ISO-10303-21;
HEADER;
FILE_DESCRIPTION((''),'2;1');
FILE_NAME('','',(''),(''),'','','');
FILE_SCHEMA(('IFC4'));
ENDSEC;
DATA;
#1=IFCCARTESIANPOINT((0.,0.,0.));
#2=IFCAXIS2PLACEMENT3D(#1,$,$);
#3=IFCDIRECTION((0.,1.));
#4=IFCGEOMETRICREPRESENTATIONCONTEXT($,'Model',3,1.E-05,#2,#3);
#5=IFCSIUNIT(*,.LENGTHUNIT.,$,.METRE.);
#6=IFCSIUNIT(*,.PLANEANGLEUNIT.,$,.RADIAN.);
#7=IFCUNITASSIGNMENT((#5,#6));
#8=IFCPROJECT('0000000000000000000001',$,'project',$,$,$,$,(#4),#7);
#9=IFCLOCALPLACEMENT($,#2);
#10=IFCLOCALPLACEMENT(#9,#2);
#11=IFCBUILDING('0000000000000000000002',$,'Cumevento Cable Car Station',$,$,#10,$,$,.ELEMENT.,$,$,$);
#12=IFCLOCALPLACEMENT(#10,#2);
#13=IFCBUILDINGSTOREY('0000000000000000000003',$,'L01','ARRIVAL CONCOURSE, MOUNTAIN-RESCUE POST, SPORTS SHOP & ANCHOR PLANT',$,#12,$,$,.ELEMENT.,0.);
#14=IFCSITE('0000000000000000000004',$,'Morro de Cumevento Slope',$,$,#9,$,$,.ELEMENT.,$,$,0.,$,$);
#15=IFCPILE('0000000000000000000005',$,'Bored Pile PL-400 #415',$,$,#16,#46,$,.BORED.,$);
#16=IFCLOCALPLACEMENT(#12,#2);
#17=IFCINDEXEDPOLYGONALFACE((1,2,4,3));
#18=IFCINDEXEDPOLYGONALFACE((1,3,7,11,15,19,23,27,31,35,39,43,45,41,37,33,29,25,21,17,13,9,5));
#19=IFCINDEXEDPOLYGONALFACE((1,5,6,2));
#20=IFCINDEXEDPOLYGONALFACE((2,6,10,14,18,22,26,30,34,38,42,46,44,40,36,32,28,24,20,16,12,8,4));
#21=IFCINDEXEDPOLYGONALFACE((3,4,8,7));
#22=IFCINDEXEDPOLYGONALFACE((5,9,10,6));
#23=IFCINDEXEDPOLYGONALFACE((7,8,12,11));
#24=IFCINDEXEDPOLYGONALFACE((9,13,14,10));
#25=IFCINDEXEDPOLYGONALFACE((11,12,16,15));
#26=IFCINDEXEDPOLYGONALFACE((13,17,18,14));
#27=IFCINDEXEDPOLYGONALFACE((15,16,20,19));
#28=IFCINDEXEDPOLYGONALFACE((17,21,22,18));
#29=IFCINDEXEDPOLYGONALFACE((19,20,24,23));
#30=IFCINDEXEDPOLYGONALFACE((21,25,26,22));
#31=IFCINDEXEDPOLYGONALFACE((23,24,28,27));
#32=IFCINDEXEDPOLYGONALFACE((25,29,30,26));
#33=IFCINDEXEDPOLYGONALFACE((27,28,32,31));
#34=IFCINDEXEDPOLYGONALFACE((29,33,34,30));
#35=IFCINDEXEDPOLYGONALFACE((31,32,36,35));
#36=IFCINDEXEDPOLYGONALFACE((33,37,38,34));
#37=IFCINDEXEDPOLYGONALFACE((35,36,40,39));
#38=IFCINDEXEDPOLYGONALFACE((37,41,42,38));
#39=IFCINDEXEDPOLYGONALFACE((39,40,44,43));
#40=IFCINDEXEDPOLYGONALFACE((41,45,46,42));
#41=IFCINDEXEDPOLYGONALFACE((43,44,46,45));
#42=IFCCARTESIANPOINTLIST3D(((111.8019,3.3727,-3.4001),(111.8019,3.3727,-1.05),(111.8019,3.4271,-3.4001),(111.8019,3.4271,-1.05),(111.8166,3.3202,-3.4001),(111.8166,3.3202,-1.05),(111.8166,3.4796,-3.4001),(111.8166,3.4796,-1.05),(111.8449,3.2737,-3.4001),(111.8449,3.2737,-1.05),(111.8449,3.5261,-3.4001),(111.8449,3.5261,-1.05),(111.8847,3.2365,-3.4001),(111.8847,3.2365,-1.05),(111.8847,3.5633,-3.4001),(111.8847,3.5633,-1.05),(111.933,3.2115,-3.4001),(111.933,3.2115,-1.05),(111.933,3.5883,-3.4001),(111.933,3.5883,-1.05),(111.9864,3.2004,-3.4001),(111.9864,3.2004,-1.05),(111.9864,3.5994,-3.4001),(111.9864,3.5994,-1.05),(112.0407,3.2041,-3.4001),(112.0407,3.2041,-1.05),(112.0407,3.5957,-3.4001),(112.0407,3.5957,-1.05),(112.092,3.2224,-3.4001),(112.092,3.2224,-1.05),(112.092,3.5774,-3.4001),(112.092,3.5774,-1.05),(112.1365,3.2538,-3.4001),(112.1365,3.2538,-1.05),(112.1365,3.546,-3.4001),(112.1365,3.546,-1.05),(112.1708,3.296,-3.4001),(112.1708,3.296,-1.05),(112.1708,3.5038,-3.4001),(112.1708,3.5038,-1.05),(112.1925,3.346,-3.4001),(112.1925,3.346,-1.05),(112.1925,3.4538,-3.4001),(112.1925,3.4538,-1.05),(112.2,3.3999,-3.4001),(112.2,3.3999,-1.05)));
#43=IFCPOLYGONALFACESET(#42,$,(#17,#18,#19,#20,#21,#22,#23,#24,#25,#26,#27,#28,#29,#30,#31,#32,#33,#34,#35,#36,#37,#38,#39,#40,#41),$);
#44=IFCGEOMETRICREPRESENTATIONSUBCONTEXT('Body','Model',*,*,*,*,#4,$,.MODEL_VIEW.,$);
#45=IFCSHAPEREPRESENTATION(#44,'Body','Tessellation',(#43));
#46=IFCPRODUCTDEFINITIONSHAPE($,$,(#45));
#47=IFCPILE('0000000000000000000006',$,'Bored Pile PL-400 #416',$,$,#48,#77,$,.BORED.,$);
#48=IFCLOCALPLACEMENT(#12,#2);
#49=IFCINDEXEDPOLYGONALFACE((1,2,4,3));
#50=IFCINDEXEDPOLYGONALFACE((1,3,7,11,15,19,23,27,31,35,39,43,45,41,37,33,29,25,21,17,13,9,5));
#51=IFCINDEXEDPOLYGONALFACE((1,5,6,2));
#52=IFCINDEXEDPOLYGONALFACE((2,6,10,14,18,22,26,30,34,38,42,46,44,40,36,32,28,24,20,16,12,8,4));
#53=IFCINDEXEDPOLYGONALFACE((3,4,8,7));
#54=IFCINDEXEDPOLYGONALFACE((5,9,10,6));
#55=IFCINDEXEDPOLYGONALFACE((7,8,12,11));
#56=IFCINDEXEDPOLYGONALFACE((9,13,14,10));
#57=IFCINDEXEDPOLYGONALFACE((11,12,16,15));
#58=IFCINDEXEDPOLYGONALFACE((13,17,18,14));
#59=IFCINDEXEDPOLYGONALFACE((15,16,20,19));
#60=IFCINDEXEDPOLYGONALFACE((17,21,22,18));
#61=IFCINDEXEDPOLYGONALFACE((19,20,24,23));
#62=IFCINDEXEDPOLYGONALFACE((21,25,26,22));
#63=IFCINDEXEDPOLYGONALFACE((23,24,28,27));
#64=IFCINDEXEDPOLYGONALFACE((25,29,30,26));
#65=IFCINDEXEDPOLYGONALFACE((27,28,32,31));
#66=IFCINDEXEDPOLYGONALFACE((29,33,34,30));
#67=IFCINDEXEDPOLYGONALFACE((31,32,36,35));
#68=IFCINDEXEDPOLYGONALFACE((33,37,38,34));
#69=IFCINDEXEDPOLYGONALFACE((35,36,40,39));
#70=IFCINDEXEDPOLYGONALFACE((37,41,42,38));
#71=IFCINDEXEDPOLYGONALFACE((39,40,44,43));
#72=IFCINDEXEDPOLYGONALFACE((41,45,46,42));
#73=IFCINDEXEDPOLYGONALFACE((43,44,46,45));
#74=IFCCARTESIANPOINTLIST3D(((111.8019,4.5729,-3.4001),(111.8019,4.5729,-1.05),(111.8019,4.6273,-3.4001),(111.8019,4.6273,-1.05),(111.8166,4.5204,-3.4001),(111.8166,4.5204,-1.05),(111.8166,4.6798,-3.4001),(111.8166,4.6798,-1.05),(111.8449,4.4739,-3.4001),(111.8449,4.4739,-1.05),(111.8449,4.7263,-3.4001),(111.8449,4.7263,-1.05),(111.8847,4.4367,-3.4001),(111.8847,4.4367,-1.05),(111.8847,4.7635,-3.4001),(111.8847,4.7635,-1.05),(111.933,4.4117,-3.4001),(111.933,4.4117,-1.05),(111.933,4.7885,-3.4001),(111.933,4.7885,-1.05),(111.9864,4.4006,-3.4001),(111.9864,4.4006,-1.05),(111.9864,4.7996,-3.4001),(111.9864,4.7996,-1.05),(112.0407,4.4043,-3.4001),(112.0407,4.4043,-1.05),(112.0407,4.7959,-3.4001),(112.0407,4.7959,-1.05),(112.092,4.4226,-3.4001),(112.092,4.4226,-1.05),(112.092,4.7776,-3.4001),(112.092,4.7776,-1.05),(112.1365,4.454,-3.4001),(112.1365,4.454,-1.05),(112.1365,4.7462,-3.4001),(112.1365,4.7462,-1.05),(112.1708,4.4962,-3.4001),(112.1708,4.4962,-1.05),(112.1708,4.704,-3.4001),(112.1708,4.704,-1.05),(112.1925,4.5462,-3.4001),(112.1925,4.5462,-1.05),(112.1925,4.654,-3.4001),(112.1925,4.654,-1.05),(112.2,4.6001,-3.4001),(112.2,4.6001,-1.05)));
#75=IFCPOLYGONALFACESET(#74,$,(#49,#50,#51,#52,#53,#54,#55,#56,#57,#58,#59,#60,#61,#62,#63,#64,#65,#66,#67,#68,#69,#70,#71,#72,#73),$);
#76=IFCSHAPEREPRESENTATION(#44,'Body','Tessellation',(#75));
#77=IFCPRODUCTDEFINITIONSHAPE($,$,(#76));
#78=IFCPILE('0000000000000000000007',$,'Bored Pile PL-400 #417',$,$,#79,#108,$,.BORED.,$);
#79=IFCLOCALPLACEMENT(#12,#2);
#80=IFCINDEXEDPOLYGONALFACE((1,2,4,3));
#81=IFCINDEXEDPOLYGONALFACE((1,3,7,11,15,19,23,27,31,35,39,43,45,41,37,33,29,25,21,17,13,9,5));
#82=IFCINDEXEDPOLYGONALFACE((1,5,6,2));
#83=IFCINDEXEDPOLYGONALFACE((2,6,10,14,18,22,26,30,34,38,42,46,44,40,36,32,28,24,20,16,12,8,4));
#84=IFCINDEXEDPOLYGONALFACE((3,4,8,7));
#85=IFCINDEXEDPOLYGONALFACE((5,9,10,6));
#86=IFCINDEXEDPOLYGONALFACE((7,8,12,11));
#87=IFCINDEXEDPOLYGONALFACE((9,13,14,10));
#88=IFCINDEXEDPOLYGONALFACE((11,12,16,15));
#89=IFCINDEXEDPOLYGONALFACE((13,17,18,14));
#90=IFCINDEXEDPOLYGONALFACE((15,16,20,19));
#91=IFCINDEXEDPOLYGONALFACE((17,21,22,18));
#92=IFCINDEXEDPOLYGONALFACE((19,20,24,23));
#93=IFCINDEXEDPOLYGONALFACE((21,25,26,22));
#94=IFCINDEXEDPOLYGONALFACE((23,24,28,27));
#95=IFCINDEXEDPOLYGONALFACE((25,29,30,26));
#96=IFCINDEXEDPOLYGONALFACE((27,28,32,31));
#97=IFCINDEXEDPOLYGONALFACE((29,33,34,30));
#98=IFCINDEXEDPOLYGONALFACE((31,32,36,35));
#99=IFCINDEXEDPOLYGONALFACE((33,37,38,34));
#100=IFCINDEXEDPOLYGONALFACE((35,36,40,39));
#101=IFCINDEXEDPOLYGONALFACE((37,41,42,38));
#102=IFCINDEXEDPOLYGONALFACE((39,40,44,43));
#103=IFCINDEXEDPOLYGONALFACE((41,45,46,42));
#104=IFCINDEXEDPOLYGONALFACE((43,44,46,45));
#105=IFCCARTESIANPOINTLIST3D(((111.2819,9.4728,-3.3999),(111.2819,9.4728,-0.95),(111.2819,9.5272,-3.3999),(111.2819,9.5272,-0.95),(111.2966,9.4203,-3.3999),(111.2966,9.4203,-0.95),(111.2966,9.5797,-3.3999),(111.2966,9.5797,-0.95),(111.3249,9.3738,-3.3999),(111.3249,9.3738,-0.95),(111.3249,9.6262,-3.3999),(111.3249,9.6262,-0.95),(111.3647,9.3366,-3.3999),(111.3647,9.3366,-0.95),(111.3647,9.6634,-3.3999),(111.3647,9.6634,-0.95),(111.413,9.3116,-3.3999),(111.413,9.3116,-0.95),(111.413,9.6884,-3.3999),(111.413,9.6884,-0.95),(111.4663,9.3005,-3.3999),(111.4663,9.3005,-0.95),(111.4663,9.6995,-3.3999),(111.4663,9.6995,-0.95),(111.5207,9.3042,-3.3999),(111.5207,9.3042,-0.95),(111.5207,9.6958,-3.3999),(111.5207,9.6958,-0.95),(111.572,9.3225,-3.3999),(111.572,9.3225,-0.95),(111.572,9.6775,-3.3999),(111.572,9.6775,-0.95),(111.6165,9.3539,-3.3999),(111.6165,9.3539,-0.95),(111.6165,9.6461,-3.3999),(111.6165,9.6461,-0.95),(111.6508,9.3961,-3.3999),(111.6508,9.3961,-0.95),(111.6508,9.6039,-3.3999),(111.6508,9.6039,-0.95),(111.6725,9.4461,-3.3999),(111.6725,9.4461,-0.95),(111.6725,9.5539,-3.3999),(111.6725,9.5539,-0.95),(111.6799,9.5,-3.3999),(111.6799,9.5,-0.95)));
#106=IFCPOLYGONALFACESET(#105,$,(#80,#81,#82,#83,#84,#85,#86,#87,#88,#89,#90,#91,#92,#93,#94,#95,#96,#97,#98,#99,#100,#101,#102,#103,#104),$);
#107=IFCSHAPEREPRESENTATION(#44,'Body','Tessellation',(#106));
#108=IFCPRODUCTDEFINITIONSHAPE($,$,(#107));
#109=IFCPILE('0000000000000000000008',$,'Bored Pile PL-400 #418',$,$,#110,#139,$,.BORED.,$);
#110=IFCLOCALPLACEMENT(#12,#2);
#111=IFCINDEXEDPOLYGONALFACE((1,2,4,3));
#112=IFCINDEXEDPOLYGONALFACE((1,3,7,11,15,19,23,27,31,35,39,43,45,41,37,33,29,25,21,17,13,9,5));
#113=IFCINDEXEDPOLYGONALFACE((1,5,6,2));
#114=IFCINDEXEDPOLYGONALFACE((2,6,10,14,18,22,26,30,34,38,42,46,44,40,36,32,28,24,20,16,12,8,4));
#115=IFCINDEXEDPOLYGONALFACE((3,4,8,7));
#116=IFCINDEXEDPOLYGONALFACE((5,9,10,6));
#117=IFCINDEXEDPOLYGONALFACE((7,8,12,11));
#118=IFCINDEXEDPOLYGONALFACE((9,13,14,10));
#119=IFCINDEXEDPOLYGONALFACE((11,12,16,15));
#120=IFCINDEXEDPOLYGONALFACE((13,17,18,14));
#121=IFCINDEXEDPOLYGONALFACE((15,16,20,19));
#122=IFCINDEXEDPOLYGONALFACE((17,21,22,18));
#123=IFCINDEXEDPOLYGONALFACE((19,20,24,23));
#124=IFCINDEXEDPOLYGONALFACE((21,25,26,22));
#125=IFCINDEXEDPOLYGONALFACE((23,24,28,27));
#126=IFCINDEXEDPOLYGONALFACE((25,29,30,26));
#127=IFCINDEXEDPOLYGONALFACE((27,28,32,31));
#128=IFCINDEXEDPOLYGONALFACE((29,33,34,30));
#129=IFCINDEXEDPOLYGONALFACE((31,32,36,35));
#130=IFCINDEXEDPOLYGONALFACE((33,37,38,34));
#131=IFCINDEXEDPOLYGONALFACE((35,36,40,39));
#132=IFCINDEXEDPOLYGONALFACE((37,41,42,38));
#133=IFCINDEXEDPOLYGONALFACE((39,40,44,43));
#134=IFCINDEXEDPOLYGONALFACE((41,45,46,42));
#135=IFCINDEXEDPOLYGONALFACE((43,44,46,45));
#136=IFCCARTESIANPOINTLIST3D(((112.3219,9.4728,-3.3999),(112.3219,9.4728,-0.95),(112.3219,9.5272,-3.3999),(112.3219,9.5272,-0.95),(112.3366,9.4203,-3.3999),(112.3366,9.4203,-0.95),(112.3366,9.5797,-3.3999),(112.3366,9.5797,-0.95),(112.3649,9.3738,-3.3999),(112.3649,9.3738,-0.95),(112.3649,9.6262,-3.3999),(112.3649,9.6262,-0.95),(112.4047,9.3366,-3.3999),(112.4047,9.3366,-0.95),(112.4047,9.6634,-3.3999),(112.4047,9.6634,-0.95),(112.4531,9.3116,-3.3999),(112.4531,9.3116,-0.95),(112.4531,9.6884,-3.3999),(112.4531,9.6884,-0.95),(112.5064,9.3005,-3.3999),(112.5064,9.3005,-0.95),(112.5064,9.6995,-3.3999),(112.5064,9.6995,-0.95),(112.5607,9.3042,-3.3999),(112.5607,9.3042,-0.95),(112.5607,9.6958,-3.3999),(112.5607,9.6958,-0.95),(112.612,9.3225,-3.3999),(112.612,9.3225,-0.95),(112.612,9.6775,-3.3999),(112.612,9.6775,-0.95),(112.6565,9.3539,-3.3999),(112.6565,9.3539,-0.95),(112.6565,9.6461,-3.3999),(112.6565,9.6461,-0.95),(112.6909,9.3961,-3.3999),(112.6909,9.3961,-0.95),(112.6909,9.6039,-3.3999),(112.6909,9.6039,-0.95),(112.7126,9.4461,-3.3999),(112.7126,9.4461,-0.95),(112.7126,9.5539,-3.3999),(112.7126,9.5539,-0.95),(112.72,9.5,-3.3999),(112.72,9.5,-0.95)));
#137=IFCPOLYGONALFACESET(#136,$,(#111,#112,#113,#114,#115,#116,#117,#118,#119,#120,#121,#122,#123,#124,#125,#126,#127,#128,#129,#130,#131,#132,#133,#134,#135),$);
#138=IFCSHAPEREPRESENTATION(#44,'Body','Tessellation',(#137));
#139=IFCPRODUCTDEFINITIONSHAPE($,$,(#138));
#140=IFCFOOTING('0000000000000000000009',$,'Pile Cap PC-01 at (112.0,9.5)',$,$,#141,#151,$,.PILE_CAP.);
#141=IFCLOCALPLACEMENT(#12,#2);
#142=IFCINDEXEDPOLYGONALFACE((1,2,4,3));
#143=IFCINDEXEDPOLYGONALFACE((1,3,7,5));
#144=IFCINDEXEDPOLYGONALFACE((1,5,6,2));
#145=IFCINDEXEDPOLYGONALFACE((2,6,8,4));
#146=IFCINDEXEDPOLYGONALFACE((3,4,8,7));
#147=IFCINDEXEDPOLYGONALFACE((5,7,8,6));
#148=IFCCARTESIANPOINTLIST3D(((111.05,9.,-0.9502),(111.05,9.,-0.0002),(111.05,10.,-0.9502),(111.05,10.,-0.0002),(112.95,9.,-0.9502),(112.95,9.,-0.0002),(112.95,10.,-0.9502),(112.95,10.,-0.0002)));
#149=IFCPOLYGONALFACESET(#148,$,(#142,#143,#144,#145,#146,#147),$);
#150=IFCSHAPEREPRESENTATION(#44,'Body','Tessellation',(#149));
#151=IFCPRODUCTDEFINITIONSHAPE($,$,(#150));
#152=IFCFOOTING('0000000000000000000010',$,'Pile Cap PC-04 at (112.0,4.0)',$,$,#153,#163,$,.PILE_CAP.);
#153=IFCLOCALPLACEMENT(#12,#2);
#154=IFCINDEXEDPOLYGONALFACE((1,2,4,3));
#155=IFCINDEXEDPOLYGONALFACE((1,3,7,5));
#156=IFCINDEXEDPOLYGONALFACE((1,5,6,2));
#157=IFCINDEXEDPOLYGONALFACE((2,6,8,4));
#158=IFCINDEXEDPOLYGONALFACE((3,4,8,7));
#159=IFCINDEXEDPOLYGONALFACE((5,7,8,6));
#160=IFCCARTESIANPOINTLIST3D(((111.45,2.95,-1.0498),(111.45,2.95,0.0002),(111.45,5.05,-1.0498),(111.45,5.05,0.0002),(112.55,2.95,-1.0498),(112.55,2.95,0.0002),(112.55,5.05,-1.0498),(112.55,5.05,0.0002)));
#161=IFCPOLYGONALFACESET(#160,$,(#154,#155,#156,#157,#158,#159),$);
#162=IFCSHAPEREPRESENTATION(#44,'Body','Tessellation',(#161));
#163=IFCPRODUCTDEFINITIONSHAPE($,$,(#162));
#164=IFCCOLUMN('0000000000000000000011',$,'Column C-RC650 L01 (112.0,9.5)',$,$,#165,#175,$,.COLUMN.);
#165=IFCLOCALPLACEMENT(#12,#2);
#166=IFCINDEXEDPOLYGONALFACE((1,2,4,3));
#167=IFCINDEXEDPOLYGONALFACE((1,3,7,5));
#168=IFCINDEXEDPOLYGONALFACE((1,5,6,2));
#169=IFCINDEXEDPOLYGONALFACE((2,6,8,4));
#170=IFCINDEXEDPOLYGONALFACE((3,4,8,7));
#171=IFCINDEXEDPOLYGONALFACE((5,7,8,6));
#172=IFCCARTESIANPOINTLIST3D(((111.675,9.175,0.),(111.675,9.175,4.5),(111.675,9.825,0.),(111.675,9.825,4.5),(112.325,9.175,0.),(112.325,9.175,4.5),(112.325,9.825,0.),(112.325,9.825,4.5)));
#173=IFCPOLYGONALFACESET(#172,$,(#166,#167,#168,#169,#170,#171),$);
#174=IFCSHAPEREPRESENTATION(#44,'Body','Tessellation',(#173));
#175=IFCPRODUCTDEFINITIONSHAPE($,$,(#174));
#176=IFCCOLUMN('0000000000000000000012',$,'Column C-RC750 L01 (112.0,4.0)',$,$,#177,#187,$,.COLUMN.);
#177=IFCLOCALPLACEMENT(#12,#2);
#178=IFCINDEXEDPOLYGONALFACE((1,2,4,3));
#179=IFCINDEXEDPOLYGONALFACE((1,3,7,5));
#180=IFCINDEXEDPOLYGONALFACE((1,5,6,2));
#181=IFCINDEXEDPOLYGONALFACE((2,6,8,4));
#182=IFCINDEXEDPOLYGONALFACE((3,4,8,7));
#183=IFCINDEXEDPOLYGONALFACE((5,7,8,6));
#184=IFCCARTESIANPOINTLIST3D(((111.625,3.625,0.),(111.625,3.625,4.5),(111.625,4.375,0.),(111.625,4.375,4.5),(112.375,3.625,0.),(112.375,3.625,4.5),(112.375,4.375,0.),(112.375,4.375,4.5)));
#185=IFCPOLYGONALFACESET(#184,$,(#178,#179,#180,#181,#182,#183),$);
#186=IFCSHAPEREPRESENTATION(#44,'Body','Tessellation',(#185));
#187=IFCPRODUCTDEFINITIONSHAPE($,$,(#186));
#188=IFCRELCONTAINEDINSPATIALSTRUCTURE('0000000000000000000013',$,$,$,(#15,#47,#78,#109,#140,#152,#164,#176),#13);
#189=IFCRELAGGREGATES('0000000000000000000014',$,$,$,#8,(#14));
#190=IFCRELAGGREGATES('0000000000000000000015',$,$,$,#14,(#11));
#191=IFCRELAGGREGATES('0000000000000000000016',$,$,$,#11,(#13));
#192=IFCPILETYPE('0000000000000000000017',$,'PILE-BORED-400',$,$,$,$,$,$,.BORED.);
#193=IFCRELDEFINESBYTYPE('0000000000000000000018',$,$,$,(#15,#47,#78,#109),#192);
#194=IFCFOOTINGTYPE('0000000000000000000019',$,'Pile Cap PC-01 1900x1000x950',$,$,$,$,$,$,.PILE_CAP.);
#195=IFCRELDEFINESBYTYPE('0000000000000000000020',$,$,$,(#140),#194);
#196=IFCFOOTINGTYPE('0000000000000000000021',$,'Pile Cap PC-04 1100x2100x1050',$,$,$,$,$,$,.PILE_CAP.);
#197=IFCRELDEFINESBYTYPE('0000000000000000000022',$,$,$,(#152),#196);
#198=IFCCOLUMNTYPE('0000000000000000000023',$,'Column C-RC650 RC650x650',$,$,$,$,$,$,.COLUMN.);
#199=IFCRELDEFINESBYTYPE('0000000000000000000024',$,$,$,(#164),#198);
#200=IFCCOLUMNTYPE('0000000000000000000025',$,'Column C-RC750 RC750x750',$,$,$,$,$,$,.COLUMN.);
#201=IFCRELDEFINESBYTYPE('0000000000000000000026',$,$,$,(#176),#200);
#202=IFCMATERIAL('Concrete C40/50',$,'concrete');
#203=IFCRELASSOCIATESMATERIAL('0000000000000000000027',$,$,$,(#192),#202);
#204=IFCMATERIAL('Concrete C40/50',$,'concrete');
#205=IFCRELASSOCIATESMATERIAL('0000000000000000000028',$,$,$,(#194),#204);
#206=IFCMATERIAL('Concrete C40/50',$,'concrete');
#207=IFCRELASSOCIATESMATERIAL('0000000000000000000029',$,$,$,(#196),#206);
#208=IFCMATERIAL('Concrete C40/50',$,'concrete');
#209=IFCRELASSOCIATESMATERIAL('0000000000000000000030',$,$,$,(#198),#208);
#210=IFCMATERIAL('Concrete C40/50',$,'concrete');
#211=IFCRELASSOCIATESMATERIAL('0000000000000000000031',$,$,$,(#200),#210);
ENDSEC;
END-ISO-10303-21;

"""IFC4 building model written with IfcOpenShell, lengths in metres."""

from ifc_helpers import new_model, si_unit, direction, frame, origin, origin_2d, place, context, subcontext, project, spatial, rectangle, circle, extrude, material, material_profile, profile_set, type_object, element, save


model = new_model("IFC4")

# Units and contexts
model_context = context("Model", 3, precision=1e-05, world=origin(), true_north=direction((0.0, 1.0)))
body_context = subcontext(model_context, "Body", "Model", "MODEL_VIEW")
ifc_project = project(units=[si_unit("LENGTHUNIT", "METRE"), si_unit("PLANEANGLEUNIT", "RADIAN")], contexts=[model_context])

# Site, building, storey
site_placement = place(None, origin())
site = spatial("IfcSite", under=ifc_project, at=site_placement, Name="Morro de Cumevento Slope", CompositionType="ELEMENT", RefElevation=0.0)
building_placement = place(site_placement, origin())
building = spatial("IfcBuilding", under=site, at=building_placement, Name="Cumevento Cable Car Station", CompositionType="ELEMENT")
storey_placement = place(building_placement, origin())
storey = spatial("IfcBuildingStorey", under=building, at=storey_placement, Name="L01", Description="ARRIVAL CONCOURSE, MOUNTAIN-RESCUE POST, SPORTS SHOP & ANCHOR PLANT", CompositionType="ELEMENT", Elevation=0.0)

# Piles
ifc_material_1 = material(Name="Concrete C40/50", Category="concrete")
ifc_material_profile_1 = material_profile(ifc_material_1, circle(Radius=0.2, at=origin_2d()), Name="PILE-D400")
ifc_profile_set_1 = profile_set([ifc_material_profile_1], Name="Concrete C40/50")
pile_type = type_object("IfcPileType", Name="PILE-BORED-400", PredefinedType="BORED", material=ifc_profile_set_1)
for number, where, z_axis, x_axis, name in (
    (1, (112.0, 3.3999, -1.05), (0.0, 0.0, -1.0), (1.0, 0.0, 0.0), "Bored Pile PL-400 #415"),
    (2, (112.0, 4.6001, -1.05), (0.0, 0.0, -1.0), (1.0, 0.0, 0.0), "Bored Pile PL-400 #416"),
):
    element("IfcPile", number, at=place(storey_placement, frame(where, z_axis=z_axis, x_axis=x_axis)), inside=storey, type_object=pile_type, Name=name, PredefinedType="BORED", context=body_context, shape_type="SweptSolid", body=[
        extrude(circle(Radius=0.2, at=origin_2d()), origin(), (0.0, 0.0, 1.0), 2.3501),
    ])
for number, where, z_axis, x_axis, name in (
    (3, (111.48, 9.5, -0.95), (0.0, 0.0, -1.0), (1.0, 0.0, 0.0), "Bored Pile PL-400 #417"),
    (4, (112.52, 9.5, -0.95), (0.0, 0.0, -1.0), (1.0, 0.0, 0.0), "Bored Pile PL-400 #418"),
):
    element("IfcPile", number, at=place(storey_placement, frame(where, z_axis=z_axis, x_axis=x_axis)), inside=storey, type_object=pile_type, Name=name, PredefinedType="BORED", context=body_context, shape_type="SweptSolid", body=[
        extrude(circle(Radius=0.2, at=origin_2d()), origin(), (0.0, 0.0, 1.0), 2.45),
    ])

# Footings
ifc_material_2 = material(Name="Concrete C40/50", Category="concrete")
footing_type_1 = type_object("IfcFootingType", Name="Pile Cap PC-01 1900x1000x950", PredefinedType="PILE_CAP", material=ifc_material_2)
footing_1_placement = place(storey_placement, frame((112.0, 9.5, -0.9502), z_axis=(0.0, 0.0, 1.0), x_axis=(1.0, 0.0, 0.0)))
element("IfcFooting", 5, at=footing_1_placement, inside=storey, type_object=footing_type_1, Name="Pile Cap PC-01 at (112.0,9.5)", PredefinedType="PILE_CAP", context=body_context, shape_type="SweptSolid", body=[
    extrude(rectangle(XDim=1.8999, YDim=1.0, at=origin_2d()), origin(), (0.0, 0.0, 1.0), 0.95),
])
ifc_material_3 = material(Name="Concrete C40/50", Category="concrete")
footing_type_2 = type_object("IfcFootingType", Name="Pile Cap PC-04 1100x2100x1050", PredefinedType="PILE_CAP", material=ifc_material_3)
footing_2_placement = place(storey_placement, frame((112.0, 4.0, -1.0498), z_axis=(0.0, 0.0, 1.0), x_axis=(1.0, 0.0, 0.0)))
element("IfcFooting", 6, at=footing_2_placement, inside=storey, type_object=footing_type_2, Name="Pile Cap PC-04 at (112.0,4.0)", PredefinedType="PILE_CAP", context=body_context, shape_type="SweptSolid", body=[
    extrude(rectangle(XDim=1.1001, YDim=2.1001, at=origin_2d()), origin(), (0.0, 0.0, 1.0), 1.05),
])

# Columns
ifc_material_4 = material(Name="Concrete C40/50", Category="concrete")
ifc_material_profile_2 = material_profile(ifc_material_4, rectangle(XDim=0.6499, YDim=0.6499, at=origin_2d()), Name="RC650x650")
ifc_profile_set_2 = profile_set([ifc_material_profile_2], Name="Concrete C40/50")
column_type_1 = type_object("IfcColumnType", Name="Column C-RC650 RC650x650", PredefinedType="COLUMN", material=ifc_profile_set_2)
column_1_placement = place(storey_placement, frame((112.0, 9.5, 0.0), z_axis=(0.0, 0.0, 1.0), x_axis=(1.0, 0.0, 0.0)))
element("IfcColumn", 7, at=column_1_placement, inside=storey, type_object=column_type_1, Name="Column C-RC650 L01 (112.0,9.5)", PredefinedType="COLUMN", context=body_context, shape_type="SweptSolid", body=[
    extrude(rectangle(XDim=0.6499, YDim=0.6499, at=origin_2d()), origin(), (0.0, 0.0, 1.0), 4.5),
])
ifc_material_5 = material(Name="Concrete C40/50", Category="concrete")
ifc_material_profile_3 = material_profile(ifc_material_5, rectangle(XDim=0.75, YDim=0.75, at=origin_2d()), Name="RC750x750")
ifc_profile_set_3 = profile_set([ifc_material_profile_3], Name="Concrete C40/50")
column_type_2 = type_object("IfcColumnType", Name="Column C-RC750 RC750x750", PredefinedType="COLUMN", material=ifc_profile_set_3)
column_2_placement = place(storey_placement, frame((112.0, 4.0, 0.0), z_axis=(0.0, 0.0, 1.0), x_axis=(1.0, 0.0, 0.0)))
element("IfcColumn", 8, at=column_2_placement, inside=storey, type_object=column_type_2, Name="Column C-RC750 L01 (112.0,4.0)", PredefinedType="COLUMN", context=body_context, shape_type="SweptSolid", body=[
    extrude(rectangle(XDim=0.75, YDim=0.75, at=origin_2d()), origin(), (0.0, 0.0, 1.0), 4.5),
])

save(model, "model.ifc")
